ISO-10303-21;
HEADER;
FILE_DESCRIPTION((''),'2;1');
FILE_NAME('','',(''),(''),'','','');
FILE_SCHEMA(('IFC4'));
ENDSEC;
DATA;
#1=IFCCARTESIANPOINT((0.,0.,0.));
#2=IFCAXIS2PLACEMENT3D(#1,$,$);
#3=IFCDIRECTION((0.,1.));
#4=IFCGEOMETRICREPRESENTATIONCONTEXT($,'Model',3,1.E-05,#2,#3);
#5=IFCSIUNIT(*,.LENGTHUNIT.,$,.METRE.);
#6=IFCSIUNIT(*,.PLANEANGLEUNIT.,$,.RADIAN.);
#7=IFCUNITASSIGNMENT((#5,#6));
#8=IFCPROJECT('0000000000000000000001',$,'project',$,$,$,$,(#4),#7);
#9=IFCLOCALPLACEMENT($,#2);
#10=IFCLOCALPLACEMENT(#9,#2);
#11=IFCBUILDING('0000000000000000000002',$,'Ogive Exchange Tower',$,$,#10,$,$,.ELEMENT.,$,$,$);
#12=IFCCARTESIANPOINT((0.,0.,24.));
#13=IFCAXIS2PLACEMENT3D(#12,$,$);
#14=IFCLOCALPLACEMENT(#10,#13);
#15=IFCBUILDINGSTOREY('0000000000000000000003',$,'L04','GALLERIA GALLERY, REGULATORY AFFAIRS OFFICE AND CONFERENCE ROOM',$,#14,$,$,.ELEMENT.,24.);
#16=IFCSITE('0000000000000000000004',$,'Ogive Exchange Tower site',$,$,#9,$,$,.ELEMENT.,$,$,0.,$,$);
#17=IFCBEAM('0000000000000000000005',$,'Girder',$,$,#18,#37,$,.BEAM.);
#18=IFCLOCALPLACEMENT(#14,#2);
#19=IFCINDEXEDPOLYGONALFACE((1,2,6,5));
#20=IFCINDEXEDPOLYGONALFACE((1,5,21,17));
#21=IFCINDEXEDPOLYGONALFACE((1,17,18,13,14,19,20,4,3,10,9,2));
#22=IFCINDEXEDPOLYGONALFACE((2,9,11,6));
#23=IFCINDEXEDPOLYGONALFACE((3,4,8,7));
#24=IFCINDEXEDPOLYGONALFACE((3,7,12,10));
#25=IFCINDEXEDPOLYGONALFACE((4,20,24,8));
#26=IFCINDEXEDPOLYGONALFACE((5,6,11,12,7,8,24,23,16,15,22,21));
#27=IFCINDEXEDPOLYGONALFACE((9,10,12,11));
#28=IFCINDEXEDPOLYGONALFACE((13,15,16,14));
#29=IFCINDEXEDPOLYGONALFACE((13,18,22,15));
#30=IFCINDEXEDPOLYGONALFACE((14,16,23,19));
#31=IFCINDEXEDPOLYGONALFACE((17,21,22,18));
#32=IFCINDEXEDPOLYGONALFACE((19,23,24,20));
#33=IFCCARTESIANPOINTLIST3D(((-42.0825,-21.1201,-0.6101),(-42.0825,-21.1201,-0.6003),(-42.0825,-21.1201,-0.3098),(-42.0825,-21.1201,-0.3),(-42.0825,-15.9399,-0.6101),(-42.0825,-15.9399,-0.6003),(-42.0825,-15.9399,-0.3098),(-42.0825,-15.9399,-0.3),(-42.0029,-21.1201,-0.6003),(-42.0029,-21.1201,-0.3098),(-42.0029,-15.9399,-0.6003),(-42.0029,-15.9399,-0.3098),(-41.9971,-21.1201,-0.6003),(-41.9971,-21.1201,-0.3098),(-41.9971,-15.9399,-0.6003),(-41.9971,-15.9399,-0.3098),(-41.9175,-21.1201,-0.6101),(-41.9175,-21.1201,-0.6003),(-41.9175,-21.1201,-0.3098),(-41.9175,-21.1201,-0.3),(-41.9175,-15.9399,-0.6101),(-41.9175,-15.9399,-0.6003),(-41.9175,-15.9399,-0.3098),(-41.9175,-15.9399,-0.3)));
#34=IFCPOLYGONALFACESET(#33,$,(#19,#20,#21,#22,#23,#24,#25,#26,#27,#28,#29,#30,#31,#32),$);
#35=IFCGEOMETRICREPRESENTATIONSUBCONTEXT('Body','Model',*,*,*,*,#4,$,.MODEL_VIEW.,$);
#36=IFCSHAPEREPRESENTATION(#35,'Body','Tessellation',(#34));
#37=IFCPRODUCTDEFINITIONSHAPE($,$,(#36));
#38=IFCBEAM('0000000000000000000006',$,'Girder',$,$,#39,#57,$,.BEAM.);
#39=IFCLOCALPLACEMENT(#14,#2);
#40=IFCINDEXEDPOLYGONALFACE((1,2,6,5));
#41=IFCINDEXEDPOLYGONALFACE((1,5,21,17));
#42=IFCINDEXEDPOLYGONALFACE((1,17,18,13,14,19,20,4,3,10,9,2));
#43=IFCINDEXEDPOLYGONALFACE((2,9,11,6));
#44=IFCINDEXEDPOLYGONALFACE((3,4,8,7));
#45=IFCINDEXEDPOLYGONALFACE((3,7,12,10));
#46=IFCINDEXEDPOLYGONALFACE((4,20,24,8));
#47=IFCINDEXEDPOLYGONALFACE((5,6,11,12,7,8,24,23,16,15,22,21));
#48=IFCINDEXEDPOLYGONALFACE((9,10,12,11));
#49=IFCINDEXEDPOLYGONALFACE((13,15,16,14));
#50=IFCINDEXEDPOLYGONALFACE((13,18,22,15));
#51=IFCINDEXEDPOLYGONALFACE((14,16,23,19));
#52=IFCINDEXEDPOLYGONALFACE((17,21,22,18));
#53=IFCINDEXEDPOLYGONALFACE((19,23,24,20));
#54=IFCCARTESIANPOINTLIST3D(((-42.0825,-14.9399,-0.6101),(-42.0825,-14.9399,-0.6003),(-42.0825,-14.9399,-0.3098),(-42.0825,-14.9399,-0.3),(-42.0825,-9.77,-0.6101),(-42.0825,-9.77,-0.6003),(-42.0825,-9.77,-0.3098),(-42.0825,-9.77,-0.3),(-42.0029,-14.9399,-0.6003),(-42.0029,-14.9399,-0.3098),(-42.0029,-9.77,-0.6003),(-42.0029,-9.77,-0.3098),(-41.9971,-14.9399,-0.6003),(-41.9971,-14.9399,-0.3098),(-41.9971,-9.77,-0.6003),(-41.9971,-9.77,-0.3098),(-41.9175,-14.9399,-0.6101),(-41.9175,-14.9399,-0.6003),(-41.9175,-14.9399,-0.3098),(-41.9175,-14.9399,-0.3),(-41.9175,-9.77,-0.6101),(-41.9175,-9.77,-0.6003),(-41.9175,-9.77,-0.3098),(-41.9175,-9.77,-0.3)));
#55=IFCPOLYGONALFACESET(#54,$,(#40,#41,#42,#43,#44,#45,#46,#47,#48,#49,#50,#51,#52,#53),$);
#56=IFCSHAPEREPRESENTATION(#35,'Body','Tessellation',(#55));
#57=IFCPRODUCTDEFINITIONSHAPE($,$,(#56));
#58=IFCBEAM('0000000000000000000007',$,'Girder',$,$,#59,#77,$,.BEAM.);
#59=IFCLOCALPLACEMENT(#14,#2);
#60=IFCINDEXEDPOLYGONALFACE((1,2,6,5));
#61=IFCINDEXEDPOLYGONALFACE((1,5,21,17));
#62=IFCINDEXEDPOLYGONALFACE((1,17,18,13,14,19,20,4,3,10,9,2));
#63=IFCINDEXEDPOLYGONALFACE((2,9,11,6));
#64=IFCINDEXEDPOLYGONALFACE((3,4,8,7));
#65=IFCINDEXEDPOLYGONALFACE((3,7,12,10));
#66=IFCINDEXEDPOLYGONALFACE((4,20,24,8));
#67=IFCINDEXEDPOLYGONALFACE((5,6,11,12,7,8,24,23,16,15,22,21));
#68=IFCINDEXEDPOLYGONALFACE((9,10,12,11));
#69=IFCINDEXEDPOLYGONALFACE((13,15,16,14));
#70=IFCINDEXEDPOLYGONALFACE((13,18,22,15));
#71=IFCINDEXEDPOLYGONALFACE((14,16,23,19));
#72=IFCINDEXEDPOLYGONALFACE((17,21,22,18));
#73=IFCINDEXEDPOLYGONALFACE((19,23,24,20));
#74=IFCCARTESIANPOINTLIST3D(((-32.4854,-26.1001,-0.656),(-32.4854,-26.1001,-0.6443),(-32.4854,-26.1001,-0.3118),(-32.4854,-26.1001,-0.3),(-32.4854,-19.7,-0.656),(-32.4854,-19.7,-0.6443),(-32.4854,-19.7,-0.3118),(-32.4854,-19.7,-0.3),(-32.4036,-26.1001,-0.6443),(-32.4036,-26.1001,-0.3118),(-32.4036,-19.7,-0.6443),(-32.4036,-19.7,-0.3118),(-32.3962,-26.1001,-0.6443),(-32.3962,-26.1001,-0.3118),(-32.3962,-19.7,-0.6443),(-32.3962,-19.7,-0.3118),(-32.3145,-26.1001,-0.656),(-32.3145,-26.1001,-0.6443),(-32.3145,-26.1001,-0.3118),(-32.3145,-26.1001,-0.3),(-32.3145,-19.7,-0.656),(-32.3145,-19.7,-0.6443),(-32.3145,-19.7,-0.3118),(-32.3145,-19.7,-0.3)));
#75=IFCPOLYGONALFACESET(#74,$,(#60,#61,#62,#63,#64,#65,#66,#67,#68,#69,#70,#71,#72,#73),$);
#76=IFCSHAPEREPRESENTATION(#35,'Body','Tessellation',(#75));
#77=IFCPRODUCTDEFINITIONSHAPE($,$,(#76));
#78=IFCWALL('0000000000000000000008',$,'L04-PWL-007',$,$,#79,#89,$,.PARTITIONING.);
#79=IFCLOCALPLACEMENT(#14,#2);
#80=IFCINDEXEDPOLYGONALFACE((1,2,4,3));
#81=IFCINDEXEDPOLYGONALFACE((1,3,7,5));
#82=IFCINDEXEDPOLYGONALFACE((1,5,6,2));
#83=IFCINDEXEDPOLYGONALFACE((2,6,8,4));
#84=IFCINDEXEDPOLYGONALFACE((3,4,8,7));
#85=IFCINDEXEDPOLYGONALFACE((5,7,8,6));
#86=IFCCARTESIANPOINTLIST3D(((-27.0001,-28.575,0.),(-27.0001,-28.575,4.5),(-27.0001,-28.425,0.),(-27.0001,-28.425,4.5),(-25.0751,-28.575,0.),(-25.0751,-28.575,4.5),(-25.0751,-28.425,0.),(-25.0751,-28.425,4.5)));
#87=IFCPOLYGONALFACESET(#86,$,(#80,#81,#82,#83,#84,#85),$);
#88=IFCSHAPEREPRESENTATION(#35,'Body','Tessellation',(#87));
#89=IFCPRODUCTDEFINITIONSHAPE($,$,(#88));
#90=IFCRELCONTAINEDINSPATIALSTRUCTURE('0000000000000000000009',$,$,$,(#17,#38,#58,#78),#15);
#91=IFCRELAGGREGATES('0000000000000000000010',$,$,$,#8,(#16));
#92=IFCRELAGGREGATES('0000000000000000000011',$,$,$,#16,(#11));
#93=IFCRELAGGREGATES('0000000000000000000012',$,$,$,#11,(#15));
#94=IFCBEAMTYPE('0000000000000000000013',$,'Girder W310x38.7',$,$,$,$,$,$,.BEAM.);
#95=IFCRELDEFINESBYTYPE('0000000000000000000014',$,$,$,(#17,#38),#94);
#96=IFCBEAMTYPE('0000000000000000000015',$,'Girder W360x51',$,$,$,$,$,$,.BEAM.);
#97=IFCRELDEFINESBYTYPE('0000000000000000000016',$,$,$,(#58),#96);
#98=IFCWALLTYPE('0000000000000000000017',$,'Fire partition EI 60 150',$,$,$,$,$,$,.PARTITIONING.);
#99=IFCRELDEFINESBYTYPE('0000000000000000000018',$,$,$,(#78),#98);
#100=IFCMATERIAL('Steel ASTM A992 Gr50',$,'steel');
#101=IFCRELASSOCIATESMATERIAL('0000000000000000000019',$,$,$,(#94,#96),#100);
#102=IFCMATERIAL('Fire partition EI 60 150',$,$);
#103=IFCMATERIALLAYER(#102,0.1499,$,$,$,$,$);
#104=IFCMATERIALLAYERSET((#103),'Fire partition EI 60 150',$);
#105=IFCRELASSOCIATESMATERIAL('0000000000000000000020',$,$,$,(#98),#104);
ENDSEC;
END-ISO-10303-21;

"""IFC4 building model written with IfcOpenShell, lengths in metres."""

from ifc_helpers import new_model, si_unit, direction, frame, frame_2d, origin, origin_2d, place, context, subcontext, project, spatial, rectangle, i_section, extrude, material, layer, layer_set, material_profile, profile_set, type_object, element, save


model = new_model("IFC4")

# Units and contexts
model_context = context("Model", 3, precision=1e-05, world=origin(), true_north=direction((0.0, 1.0)))
body_context = subcontext(model_context, "Body", "Model", "MODEL_VIEW")
ifc_project = project(units=[si_unit("LENGTHUNIT", "METRE"), si_unit("PLANEANGLEUNIT", "RADIAN")], contexts=[model_context])

# Site, building, storey
site_placement = place(None, origin())
site = spatial("IfcSite", under=ifc_project, at=site_placement, Name="Ogive Exchange Tower site", CompositionType="ELEMENT", RefElevation=0.0)
building_placement = place(site_placement, origin())
building = spatial("IfcBuilding", under=site, at=building_placement, Name="Ogive Exchange Tower", CompositionType="ELEMENT")
storey_placement = place(building_placement, frame((0.0, 0.0, 24.0)))
storey = spatial("IfcBuildingStorey", under=building, at=storey_placement, Name="L04", Description="GALLERIA GALLERY, REGULATORY AFFAIRS OFFICE AND CONFERENCE ROOM", CompositionType="ELEMENT", Elevation=24.0)

# Beams
ifc_material_1 = material(Name="Steel ASTM A992 Gr50", Category="steel")
ifc_material_profile_1 = material_profile(ifc_material_1, i_section(OverallWidth=0.165, OverallDepth=0.3101, WebThickness=0.0059, FlangeThickness=0.0098, at=origin_2d()), Name="W310x38.7")
ifc_profile_set_1 = profile_set([ifc_material_profile_1], Name="Steel ASTM A992 Gr50")
beam_type_1 = type_object("IfcBeamType", Name="Girder W310x38.7", PredefinedType="BEAM", material=ifc_profile_set_1)
beam_1_placement = place(storey_placement, frame((-42.0, -21.1201, -0.4551), z_axis=(0.0, 1.0, 0.0), x_axis=(-1.0, 0.0, 0.0)))
element("IfcBeam", 1, at=beam_1_placement, inside=storey, type_object=beam_type_1, Name="Girder", PredefinedType="BEAM", context=body_context, shape_type="SweptSolid", body=[
    extrude(i_section(OverallWidth=0.165, OverallDepth=0.3101, WebThickness=0.0059, FlangeThickness=0.0098, at=origin_2d()), origin(), (0.0, 0.0, 1.0), 5.1802),
])
beam_2_placement = place(storey_placement, frame((-42.0, -14.9399, -0.4551), z_axis=(0.0, 1.0, 0.0), x_axis=(-1.0, 0.0, 0.0)))
element("IfcBeam", 2, at=beam_2_placement, inside=storey, type_object=beam_type_1, Name="Girder", PredefinedType="BEAM", context=body_context, shape_type="SweptSolid", body=[
    extrude(i_section(OverallWidth=0.165, OverallDepth=0.3101, WebThickness=0.0059, FlangeThickness=0.0098, at=origin_2d()), origin(), (0.0, 0.0, 1.0), 5.1699),
])
ifc_material_profile_2 = material_profile(ifc_material_1, i_section(OverallWidth=0.1709, OverallDepth=0.356, WebThickness=0.0073, FlangeThickness=0.0117, at=origin_2d()), Name="W360x51")
ifc_profile_set_2 = profile_set([ifc_material_profile_2], Name="Steel ASTM A992 Gr50")
beam_type_2 = type_object("IfcBeamType", Name="Girder W360x51", PredefinedType="BEAM", material=ifc_profile_set_2)
beam_3_placement = place(storey_placement, frame((-32.3999, -19.7, -0.478), z_axis=(0.0, -1.0, 0.0), x_axis=(1.0, 0.0, 0.0)))
element("IfcBeam", 3, at=beam_3_placement, inside=storey, type_object=beam_type_2, Name="Girder", PredefinedType="BEAM", context=body_context, shape_type="SweptSolid", body=[
    extrude(i_section(OverallWidth=0.1709, OverallDepth=0.356, WebThickness=0.0073, FlangeThickness=0.0117, at=origin_2d()), origin(), (0.0, 0.0, 1.0), 6.4001),
])

# Wall
ifc_material_2 = material(Name="Fire partition EI 60 150")
ifc_layer_1 = layer(ifc_material_2, 0.1499)
ifc_layer_set_1 = layer_set([ifc_layer_1], Name="Fire partition EI 60 150")
wall_type_1 = type_object("IfcWallType", Name="Fire partition EI 60 150", PredefinedType="PARTITIONING", material=ifc_layer_set_1)
wall_1_placement = place(storey_placement, frame((-27.0, -28.5, 0.0), z_axis=(0.0, 0.0, 1.0), x_axis=(1.0, 0.0, 0.0)))
element("IfcWall", 4, at=wall_1_placement, inside=storey, type_object=wall_type_1, Name="L04-PWL-007", PredefinedType="PARTITIONING", context=body_context, shape_type="SweptSolid", body=[
    extrude(rectangle(XDim=1.925, YDim=0.1499, at=frame_2d((0.9624, 0.0))), origin(), (0.0, 0.0, 1.0), 4.5),
])

save(model, "model.ifc")
